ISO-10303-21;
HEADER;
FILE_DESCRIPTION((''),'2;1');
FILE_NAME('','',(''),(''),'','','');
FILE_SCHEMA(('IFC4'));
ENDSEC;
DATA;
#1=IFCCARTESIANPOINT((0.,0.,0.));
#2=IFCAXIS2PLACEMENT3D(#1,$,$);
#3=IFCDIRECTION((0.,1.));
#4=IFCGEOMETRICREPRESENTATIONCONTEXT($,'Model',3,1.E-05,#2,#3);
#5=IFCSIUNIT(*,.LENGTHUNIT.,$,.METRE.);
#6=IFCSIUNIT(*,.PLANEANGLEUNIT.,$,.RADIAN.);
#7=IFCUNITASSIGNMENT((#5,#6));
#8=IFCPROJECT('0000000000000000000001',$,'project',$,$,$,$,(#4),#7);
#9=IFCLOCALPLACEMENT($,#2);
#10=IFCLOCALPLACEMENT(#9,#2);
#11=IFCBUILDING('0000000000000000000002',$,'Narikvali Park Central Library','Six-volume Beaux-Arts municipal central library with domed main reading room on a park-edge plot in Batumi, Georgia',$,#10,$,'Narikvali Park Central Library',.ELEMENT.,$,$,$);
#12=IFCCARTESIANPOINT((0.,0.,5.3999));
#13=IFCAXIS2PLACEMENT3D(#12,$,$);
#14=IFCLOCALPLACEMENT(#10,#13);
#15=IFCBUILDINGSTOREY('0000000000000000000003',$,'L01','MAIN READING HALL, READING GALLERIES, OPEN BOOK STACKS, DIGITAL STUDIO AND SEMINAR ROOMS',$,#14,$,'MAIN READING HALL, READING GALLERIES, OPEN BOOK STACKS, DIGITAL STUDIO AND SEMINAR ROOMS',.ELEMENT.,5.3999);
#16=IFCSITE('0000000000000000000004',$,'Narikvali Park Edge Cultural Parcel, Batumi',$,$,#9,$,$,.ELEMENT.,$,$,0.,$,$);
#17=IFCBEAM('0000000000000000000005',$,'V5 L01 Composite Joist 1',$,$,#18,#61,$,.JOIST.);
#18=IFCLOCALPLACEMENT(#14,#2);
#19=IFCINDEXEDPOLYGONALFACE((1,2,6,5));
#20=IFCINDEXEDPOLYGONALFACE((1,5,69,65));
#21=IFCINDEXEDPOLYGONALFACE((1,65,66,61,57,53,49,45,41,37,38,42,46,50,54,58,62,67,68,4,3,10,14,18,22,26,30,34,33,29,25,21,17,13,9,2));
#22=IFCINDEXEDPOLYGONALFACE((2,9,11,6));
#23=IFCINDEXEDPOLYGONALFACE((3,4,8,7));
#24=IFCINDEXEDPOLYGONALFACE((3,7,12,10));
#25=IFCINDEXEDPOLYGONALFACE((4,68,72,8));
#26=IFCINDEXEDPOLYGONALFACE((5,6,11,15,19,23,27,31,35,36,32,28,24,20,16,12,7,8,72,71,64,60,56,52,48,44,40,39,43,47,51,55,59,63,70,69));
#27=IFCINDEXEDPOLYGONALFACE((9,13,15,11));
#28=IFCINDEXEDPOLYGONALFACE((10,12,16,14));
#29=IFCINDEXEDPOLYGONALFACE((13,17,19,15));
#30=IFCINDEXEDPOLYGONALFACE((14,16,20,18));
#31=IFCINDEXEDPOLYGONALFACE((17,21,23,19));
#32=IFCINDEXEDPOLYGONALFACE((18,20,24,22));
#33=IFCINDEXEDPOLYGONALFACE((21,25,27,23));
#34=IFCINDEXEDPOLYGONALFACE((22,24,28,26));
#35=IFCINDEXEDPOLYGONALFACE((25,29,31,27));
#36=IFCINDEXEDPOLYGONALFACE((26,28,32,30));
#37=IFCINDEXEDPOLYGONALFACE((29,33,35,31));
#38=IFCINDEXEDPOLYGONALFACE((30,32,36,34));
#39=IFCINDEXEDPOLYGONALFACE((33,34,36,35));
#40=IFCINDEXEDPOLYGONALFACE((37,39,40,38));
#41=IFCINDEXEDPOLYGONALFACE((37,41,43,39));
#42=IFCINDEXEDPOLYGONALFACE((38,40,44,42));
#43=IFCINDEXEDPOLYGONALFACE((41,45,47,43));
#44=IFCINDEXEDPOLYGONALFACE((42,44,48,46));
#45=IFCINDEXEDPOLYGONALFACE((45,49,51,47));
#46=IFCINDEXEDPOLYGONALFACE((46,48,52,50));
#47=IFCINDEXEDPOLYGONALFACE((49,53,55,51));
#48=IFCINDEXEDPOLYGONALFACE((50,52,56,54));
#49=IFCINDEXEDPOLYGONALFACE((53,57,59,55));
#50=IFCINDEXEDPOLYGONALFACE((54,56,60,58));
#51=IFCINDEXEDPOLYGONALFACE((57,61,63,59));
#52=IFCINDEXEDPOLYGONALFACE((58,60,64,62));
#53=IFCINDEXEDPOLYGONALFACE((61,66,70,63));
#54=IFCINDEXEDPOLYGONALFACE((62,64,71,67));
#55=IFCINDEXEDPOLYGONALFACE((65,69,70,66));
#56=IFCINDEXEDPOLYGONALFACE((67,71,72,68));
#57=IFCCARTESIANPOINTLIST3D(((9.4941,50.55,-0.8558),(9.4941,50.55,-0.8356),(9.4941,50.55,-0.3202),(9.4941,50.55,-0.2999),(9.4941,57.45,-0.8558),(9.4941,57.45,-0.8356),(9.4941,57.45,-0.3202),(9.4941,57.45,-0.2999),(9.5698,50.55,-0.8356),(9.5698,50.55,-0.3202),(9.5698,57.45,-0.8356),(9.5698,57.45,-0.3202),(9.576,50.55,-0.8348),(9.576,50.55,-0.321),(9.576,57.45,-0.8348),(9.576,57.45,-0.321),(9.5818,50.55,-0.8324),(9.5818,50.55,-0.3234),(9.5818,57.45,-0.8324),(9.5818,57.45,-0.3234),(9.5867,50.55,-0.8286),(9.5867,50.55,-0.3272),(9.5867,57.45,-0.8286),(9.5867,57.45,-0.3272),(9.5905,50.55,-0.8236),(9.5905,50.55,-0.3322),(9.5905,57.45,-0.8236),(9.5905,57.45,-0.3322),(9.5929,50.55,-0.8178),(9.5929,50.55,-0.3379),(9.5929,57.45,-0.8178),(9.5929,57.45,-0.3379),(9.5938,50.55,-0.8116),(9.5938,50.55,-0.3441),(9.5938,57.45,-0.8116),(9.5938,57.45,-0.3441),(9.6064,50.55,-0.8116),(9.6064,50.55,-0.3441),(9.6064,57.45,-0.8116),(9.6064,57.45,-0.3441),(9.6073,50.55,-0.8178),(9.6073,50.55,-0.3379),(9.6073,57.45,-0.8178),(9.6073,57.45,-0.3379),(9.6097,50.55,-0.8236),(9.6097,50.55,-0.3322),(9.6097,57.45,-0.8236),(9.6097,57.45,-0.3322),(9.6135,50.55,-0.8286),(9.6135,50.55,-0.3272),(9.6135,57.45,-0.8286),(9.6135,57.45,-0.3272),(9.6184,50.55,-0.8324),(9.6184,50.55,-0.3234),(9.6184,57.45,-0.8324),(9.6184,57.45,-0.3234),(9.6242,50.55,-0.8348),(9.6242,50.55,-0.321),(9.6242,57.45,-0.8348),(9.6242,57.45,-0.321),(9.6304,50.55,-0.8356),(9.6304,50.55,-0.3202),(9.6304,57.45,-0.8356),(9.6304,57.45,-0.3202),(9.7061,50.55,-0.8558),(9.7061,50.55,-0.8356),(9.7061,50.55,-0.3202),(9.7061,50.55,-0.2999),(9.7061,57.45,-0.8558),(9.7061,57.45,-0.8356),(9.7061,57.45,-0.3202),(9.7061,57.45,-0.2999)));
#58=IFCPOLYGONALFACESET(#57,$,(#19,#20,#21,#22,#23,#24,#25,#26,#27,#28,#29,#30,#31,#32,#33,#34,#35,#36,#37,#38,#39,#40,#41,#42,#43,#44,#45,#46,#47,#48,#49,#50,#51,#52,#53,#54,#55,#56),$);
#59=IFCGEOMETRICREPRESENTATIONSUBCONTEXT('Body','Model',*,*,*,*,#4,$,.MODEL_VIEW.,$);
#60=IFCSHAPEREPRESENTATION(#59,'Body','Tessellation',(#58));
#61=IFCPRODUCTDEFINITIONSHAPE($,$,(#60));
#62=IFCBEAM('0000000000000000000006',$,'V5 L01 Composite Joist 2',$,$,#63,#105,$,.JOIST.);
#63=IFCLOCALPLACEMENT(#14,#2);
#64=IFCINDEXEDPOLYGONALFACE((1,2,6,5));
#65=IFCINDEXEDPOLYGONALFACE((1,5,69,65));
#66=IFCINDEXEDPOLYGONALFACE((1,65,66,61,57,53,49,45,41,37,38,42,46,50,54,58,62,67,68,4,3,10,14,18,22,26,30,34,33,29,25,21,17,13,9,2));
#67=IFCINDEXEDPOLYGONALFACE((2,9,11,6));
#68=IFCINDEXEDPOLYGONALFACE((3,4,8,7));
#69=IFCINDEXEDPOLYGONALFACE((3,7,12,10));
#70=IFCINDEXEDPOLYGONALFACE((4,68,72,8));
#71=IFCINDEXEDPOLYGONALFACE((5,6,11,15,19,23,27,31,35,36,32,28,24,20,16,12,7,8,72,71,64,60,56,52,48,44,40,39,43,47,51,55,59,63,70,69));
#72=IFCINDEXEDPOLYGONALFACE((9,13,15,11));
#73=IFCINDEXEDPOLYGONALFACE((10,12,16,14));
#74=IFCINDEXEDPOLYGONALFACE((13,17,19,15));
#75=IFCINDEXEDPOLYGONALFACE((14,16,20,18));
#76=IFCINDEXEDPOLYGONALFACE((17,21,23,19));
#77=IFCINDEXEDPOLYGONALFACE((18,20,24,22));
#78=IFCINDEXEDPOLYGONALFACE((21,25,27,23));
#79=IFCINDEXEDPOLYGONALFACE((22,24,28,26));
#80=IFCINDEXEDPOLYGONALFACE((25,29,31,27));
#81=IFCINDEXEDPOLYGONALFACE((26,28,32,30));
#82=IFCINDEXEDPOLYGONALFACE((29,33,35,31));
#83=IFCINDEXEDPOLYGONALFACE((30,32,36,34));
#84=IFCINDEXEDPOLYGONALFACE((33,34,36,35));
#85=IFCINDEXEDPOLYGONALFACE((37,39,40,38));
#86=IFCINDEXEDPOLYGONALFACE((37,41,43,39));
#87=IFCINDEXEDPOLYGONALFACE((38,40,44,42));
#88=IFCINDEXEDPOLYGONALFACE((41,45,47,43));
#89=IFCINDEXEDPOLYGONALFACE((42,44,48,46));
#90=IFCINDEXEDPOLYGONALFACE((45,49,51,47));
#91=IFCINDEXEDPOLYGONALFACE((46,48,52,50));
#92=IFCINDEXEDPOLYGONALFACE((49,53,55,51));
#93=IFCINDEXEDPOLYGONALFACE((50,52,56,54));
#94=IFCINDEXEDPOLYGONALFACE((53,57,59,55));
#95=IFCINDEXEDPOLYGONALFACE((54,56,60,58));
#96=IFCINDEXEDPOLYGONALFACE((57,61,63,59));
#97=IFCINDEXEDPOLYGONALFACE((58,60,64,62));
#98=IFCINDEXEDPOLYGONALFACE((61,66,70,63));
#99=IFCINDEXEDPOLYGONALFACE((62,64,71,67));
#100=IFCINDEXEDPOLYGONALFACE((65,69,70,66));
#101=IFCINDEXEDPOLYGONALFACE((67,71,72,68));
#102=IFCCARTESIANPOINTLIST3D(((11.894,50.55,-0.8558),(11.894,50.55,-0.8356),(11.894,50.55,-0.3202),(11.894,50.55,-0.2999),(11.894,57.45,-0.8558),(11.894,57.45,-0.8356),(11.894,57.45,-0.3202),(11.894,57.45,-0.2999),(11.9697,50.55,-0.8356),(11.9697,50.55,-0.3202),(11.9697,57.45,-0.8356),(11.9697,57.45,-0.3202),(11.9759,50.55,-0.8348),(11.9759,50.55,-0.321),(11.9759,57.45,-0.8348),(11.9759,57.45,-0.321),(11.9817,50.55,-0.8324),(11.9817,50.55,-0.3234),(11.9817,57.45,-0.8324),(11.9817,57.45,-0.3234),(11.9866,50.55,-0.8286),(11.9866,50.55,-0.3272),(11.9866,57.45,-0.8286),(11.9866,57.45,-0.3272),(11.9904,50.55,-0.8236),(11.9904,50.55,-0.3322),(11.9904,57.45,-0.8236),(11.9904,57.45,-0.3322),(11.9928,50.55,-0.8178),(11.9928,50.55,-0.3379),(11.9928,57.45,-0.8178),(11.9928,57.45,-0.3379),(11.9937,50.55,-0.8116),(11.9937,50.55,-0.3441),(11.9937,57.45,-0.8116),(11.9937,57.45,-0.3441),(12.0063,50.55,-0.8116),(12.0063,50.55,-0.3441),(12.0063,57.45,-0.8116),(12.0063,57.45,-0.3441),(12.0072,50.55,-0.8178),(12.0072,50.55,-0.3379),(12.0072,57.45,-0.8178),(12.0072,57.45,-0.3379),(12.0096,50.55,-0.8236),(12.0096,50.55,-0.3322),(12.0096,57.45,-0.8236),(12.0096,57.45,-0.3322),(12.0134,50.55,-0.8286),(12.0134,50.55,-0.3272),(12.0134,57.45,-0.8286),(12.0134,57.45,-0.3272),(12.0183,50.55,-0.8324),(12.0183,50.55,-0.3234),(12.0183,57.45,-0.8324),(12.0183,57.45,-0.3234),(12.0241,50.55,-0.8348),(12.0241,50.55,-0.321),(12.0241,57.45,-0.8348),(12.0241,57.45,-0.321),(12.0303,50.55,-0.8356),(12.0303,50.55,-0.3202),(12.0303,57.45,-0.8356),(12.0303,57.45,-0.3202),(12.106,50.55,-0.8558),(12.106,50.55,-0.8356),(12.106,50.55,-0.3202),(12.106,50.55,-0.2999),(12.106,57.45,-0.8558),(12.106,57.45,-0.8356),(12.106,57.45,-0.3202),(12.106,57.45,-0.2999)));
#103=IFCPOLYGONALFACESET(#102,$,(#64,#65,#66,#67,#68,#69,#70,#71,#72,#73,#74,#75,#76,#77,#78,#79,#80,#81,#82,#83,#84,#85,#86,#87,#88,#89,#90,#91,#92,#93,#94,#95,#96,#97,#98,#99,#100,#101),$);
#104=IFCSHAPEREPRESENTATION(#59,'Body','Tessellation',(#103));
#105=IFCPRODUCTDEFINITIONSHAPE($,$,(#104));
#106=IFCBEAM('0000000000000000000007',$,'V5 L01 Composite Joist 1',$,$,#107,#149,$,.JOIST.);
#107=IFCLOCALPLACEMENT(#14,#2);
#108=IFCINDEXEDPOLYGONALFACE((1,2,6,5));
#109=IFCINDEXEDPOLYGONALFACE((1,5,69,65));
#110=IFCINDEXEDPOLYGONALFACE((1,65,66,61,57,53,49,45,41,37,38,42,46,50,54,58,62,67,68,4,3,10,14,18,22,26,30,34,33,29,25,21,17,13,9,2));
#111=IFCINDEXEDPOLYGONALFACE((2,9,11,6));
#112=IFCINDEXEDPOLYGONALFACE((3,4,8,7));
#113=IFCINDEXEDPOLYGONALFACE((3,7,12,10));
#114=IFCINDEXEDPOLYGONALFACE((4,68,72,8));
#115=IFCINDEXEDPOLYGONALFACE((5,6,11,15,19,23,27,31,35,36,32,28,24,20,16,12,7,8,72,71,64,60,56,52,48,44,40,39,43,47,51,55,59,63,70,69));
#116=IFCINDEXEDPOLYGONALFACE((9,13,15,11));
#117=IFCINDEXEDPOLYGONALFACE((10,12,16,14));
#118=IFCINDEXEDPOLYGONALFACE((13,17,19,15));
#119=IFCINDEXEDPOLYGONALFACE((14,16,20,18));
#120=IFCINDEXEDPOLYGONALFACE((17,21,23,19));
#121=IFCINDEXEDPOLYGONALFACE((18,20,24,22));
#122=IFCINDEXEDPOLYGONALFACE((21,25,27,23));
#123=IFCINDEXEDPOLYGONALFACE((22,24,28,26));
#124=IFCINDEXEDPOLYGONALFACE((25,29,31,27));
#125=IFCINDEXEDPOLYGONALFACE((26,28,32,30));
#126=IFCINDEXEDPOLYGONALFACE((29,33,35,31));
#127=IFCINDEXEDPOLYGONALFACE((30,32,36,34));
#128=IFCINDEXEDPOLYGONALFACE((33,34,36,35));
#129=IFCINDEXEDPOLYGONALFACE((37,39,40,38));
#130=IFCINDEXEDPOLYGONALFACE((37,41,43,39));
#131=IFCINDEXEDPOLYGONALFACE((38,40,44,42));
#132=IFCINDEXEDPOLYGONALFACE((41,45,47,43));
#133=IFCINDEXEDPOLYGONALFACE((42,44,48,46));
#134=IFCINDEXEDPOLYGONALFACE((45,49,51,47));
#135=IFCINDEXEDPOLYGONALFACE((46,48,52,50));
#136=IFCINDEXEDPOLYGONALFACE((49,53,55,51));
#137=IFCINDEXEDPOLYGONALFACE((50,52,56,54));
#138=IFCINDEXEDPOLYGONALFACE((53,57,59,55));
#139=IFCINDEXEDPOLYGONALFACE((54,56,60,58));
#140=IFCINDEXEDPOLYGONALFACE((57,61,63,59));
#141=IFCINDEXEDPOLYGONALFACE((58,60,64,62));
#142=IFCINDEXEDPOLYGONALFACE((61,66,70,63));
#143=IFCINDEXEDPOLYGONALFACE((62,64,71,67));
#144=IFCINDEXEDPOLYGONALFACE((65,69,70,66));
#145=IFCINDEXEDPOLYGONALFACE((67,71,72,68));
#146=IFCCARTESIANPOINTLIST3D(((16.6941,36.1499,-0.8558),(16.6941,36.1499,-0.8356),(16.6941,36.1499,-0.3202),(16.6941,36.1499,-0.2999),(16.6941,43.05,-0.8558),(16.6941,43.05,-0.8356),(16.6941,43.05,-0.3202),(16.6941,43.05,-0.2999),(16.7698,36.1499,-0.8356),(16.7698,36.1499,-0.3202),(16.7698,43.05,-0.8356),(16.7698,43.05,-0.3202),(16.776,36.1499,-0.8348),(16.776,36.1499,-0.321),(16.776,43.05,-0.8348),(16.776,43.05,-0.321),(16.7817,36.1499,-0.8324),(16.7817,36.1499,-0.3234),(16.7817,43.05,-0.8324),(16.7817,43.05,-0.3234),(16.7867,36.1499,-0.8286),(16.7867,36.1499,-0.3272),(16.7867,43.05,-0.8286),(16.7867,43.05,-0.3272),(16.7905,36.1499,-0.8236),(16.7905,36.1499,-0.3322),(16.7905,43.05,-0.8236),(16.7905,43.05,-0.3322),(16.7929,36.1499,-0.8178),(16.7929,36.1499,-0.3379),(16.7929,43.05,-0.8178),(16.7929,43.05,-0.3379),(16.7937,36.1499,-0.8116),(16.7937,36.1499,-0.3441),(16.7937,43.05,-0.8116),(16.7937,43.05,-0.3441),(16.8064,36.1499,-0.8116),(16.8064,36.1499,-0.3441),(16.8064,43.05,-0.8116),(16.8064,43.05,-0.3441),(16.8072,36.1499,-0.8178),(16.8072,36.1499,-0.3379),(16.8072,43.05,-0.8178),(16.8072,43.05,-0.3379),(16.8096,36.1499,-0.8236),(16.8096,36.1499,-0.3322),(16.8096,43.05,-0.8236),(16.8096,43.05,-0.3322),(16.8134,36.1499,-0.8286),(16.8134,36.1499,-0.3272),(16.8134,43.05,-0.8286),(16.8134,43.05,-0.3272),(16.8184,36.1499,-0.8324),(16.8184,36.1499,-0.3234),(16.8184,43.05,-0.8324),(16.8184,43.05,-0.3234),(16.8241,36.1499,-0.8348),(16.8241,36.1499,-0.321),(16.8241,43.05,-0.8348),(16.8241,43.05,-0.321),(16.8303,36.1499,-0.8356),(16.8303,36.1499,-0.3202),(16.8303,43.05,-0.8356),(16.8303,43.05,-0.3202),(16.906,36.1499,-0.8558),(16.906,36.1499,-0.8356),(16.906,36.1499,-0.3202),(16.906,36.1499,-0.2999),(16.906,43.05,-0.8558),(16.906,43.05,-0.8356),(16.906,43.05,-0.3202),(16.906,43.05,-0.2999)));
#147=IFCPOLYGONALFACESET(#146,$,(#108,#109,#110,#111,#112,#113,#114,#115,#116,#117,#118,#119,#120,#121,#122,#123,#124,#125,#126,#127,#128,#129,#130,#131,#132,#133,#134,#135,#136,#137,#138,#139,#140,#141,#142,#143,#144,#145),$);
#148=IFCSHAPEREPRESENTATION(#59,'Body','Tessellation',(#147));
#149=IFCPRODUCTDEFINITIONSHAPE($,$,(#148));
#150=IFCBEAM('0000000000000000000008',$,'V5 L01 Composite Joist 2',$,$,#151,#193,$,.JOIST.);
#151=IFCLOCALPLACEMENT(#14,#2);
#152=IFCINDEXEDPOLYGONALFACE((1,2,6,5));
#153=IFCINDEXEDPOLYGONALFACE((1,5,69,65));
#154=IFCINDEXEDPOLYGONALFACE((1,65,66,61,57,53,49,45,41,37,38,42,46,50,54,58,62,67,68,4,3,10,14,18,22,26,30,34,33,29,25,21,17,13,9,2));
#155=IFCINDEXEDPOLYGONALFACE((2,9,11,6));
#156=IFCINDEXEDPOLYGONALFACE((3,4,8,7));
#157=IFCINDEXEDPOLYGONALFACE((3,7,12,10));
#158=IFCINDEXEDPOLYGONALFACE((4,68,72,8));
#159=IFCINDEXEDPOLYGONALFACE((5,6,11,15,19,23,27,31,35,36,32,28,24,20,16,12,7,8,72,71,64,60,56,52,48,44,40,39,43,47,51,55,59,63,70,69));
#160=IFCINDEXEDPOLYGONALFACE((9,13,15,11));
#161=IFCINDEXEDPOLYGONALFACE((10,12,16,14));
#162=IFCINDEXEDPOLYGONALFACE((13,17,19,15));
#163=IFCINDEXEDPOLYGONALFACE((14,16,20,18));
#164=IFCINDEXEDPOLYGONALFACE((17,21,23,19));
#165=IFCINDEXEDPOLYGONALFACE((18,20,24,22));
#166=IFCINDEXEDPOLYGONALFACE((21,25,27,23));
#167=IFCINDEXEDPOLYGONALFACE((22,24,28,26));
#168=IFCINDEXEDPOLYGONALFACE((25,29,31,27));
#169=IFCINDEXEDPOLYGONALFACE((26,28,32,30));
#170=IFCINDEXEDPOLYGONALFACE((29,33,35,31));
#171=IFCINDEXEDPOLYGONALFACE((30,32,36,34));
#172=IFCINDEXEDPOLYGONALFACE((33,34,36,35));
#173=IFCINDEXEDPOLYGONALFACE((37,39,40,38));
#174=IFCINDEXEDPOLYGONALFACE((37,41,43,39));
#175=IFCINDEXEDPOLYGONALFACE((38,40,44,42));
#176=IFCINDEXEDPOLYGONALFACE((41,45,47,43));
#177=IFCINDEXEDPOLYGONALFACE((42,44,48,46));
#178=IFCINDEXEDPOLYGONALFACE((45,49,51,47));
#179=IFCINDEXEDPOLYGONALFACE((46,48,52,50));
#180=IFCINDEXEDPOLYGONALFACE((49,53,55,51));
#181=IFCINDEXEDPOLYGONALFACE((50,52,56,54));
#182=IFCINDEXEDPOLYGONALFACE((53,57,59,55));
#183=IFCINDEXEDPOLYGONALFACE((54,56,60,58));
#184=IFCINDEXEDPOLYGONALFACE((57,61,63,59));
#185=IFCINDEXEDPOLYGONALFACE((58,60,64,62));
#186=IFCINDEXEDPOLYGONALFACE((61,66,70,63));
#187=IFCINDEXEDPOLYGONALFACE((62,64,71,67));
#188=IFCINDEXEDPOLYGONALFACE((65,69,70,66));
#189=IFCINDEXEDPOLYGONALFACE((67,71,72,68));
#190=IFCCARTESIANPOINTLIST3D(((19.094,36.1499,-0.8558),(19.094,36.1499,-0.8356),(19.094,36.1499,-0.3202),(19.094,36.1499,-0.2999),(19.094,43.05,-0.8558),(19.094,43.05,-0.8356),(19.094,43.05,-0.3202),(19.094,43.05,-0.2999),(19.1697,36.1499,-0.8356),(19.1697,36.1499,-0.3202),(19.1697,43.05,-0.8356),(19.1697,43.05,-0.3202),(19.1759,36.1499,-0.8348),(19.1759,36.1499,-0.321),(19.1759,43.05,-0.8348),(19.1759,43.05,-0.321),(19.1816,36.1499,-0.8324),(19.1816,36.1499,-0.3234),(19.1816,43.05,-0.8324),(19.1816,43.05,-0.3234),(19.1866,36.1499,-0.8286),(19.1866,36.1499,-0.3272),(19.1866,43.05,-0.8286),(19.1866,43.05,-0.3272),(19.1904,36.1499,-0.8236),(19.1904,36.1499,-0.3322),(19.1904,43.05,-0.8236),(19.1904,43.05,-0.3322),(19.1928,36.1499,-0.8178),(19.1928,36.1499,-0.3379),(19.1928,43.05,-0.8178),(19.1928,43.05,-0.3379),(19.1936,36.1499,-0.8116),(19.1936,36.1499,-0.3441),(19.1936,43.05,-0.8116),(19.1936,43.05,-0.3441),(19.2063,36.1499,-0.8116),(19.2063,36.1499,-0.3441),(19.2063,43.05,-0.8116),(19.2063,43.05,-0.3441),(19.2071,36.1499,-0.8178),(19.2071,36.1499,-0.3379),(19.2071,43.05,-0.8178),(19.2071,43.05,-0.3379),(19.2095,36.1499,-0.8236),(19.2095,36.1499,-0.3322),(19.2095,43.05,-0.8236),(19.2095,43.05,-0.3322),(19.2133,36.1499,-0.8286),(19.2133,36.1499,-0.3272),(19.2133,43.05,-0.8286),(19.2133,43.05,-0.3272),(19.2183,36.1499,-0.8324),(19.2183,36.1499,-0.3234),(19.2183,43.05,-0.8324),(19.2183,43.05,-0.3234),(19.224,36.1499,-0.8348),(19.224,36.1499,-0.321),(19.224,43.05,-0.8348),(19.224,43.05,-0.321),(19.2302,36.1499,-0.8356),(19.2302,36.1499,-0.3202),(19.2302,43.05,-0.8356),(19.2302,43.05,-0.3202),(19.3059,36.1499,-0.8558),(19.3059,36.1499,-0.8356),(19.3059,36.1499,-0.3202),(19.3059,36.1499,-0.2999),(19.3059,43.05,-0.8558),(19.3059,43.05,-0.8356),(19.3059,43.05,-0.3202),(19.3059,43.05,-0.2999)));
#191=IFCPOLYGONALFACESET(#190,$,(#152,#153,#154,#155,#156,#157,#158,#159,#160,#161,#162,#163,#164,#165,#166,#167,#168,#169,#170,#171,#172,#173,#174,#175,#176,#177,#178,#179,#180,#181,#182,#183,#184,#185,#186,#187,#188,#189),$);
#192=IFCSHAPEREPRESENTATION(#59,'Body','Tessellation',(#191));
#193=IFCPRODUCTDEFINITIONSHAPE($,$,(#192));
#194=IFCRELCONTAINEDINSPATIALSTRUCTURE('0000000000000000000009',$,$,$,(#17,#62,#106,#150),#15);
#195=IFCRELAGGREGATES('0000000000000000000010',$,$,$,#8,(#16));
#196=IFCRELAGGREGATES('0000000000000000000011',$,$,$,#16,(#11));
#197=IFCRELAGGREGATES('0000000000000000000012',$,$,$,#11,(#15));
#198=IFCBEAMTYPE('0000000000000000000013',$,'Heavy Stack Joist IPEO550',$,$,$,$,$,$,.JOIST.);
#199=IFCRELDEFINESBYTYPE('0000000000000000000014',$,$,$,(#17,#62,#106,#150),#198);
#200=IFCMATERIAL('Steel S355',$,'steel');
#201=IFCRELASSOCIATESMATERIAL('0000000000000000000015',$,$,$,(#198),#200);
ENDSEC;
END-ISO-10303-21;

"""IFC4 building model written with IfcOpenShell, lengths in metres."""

from ifc_helpers import new_model, si_unit, direction, frame, origin, origin_2d, place, context, subcontext, project, spatial, i_section, extrude, material, material_profile, profile_set, type_object, element, save


model = new_model("IFC4")

# Units and contexts
model_context = context("Model", 3, precision=1e-05, world=origin(), true_north=direction((0.0, 1.0)))
body_context = subcontext(model_context, "Body", "Model", "MODEL_VIEW")
ifc_project = project(units=[si_unit("LENGTHUNIT", "METRE"), si_unit("PLANEANGLEUNIT", "RADIAN")], contexts=[model_context])

# Site, building, storey
site_placement = place(None, origin())
site = spatial("IfcSite", under=ifc_project, at=site_placement, Name="Narikvali Park Edge Cultural Parcel, Batumi", CompositionType="ELEMENT", RefElevation=0.0)
building_placement = place(site_placement, origin())
building = spatial("IfcBuilding", under=site, at=building_placement, Name="Narikvali Park Central Library", Description="Six-volume Beaux-Arts municipal central library with domed main reading room on a park-edge plot in Batumi, Georgia", LongName="Narikvali Park Central Library", CompositionType="ELEMENT")
storey_placement = place(building_placement, frame((0.0, 0.0, 5.3999)))
storey = spatial("IfcBuildingStorey", under=building, at=storey_placement, Name="L01", Description="MAIN READING HALL, READING GALLERIES, OPEN BOOK STACKS, DIGITAL STUDIO AND SEMINAR ROOMS", LongName="MAIN READING HALL, READING GALLERIES, OPEN BOOK STACKS, DIGITAL STUDIO AND SEMINAR ROOMS", CompositionType="ELEMENT", Elevation=5.3999)

# Shared definitions
ifc_material_1 = material(Name="Steel S355", Category="steel")

# Beams
ifc_material_profile_1 = material_profile(ifc_material_1, i_section(OverallWidth=0.2119, OverallDepth=0.5559, WebThickness=0.0127, FlangeThickness=0.0203, FilletRadius=0.0239, at=origin_2d()), Name="IPEO 550")
ifc_profile_set_1 = profile_set([ifc_material_profile_1], Name="Steel S355")
beam_type_1 = type_object("IfcBeamType", Name="Heavy Stack Joist IPEO550", PredefinedType="JOIST", material=ifc_profile_set_1)
for number, where, z_axis, x_axis, name in (
    (1, (9.6001, 50.55, -0.5779), (0.0, 1.0, 0.0), (-1.0, 0.0, 0.0), "V5 L01 Composite Joist 1"),
    (2, (12.0, 50.55, -0.5779), (0.0, 1.0, 0.0), (-1.0, 0.0, 0.0), "V5 L01 Composite Joist 2"),
):
    element("IfcBeam", number, at=place(storey_placement, frame(where, z_axis=z_axis, x_axis=x_axis)), inside=storey, type_object=beam_type_1, Name=name, PredefinedType="JOIST", context=body_context, shape_type="SweptSolid", body=[
        extrude(i_section(OverallWidth=0.2119, OverallDepth=0.5559, WebThickness=0.0127, FlangeThickness=0.0203, FilletRadius=0.0239, at=origin_2d()), origin(), (0.0, 0.0, 1.0), 6.8999),
    ])
for number, where, z_axis, x_axis, name in (
    (3, (16.8, 36.1499, -0.5779), (0.0, 1.0, 0.0), (-1.0, 0.0, 0.0), "V5 L01 Composite Joist 1"),
    (4, (19.2, 36.1499, -0.5779), (0.0, 1.0, 0.0), (-1.0, 0.0, 0.0), "V5 L01 Composite Joist 2"),
):
    element("IfcBeam", number, at=place(storey_placement, frame(where, z_axis=z_axis, x_axis=x_axis)), inside=storey, type_object=beam_type_1, Name=name, PredefinedType="JOIST", context=body_context, shape_type="SweptSolid", body=[
        extrude(i_section(OverallWidth=0.2119, OverallDepth=0.5559, WebThickness=0.0127, FlangeThickness=0.0203, FilletRadius=0.0239, at=origin_2d()), origin(), (0.0, 0.0, 1.0), 6.9001),
    ])

save(model, "model.ifc")
